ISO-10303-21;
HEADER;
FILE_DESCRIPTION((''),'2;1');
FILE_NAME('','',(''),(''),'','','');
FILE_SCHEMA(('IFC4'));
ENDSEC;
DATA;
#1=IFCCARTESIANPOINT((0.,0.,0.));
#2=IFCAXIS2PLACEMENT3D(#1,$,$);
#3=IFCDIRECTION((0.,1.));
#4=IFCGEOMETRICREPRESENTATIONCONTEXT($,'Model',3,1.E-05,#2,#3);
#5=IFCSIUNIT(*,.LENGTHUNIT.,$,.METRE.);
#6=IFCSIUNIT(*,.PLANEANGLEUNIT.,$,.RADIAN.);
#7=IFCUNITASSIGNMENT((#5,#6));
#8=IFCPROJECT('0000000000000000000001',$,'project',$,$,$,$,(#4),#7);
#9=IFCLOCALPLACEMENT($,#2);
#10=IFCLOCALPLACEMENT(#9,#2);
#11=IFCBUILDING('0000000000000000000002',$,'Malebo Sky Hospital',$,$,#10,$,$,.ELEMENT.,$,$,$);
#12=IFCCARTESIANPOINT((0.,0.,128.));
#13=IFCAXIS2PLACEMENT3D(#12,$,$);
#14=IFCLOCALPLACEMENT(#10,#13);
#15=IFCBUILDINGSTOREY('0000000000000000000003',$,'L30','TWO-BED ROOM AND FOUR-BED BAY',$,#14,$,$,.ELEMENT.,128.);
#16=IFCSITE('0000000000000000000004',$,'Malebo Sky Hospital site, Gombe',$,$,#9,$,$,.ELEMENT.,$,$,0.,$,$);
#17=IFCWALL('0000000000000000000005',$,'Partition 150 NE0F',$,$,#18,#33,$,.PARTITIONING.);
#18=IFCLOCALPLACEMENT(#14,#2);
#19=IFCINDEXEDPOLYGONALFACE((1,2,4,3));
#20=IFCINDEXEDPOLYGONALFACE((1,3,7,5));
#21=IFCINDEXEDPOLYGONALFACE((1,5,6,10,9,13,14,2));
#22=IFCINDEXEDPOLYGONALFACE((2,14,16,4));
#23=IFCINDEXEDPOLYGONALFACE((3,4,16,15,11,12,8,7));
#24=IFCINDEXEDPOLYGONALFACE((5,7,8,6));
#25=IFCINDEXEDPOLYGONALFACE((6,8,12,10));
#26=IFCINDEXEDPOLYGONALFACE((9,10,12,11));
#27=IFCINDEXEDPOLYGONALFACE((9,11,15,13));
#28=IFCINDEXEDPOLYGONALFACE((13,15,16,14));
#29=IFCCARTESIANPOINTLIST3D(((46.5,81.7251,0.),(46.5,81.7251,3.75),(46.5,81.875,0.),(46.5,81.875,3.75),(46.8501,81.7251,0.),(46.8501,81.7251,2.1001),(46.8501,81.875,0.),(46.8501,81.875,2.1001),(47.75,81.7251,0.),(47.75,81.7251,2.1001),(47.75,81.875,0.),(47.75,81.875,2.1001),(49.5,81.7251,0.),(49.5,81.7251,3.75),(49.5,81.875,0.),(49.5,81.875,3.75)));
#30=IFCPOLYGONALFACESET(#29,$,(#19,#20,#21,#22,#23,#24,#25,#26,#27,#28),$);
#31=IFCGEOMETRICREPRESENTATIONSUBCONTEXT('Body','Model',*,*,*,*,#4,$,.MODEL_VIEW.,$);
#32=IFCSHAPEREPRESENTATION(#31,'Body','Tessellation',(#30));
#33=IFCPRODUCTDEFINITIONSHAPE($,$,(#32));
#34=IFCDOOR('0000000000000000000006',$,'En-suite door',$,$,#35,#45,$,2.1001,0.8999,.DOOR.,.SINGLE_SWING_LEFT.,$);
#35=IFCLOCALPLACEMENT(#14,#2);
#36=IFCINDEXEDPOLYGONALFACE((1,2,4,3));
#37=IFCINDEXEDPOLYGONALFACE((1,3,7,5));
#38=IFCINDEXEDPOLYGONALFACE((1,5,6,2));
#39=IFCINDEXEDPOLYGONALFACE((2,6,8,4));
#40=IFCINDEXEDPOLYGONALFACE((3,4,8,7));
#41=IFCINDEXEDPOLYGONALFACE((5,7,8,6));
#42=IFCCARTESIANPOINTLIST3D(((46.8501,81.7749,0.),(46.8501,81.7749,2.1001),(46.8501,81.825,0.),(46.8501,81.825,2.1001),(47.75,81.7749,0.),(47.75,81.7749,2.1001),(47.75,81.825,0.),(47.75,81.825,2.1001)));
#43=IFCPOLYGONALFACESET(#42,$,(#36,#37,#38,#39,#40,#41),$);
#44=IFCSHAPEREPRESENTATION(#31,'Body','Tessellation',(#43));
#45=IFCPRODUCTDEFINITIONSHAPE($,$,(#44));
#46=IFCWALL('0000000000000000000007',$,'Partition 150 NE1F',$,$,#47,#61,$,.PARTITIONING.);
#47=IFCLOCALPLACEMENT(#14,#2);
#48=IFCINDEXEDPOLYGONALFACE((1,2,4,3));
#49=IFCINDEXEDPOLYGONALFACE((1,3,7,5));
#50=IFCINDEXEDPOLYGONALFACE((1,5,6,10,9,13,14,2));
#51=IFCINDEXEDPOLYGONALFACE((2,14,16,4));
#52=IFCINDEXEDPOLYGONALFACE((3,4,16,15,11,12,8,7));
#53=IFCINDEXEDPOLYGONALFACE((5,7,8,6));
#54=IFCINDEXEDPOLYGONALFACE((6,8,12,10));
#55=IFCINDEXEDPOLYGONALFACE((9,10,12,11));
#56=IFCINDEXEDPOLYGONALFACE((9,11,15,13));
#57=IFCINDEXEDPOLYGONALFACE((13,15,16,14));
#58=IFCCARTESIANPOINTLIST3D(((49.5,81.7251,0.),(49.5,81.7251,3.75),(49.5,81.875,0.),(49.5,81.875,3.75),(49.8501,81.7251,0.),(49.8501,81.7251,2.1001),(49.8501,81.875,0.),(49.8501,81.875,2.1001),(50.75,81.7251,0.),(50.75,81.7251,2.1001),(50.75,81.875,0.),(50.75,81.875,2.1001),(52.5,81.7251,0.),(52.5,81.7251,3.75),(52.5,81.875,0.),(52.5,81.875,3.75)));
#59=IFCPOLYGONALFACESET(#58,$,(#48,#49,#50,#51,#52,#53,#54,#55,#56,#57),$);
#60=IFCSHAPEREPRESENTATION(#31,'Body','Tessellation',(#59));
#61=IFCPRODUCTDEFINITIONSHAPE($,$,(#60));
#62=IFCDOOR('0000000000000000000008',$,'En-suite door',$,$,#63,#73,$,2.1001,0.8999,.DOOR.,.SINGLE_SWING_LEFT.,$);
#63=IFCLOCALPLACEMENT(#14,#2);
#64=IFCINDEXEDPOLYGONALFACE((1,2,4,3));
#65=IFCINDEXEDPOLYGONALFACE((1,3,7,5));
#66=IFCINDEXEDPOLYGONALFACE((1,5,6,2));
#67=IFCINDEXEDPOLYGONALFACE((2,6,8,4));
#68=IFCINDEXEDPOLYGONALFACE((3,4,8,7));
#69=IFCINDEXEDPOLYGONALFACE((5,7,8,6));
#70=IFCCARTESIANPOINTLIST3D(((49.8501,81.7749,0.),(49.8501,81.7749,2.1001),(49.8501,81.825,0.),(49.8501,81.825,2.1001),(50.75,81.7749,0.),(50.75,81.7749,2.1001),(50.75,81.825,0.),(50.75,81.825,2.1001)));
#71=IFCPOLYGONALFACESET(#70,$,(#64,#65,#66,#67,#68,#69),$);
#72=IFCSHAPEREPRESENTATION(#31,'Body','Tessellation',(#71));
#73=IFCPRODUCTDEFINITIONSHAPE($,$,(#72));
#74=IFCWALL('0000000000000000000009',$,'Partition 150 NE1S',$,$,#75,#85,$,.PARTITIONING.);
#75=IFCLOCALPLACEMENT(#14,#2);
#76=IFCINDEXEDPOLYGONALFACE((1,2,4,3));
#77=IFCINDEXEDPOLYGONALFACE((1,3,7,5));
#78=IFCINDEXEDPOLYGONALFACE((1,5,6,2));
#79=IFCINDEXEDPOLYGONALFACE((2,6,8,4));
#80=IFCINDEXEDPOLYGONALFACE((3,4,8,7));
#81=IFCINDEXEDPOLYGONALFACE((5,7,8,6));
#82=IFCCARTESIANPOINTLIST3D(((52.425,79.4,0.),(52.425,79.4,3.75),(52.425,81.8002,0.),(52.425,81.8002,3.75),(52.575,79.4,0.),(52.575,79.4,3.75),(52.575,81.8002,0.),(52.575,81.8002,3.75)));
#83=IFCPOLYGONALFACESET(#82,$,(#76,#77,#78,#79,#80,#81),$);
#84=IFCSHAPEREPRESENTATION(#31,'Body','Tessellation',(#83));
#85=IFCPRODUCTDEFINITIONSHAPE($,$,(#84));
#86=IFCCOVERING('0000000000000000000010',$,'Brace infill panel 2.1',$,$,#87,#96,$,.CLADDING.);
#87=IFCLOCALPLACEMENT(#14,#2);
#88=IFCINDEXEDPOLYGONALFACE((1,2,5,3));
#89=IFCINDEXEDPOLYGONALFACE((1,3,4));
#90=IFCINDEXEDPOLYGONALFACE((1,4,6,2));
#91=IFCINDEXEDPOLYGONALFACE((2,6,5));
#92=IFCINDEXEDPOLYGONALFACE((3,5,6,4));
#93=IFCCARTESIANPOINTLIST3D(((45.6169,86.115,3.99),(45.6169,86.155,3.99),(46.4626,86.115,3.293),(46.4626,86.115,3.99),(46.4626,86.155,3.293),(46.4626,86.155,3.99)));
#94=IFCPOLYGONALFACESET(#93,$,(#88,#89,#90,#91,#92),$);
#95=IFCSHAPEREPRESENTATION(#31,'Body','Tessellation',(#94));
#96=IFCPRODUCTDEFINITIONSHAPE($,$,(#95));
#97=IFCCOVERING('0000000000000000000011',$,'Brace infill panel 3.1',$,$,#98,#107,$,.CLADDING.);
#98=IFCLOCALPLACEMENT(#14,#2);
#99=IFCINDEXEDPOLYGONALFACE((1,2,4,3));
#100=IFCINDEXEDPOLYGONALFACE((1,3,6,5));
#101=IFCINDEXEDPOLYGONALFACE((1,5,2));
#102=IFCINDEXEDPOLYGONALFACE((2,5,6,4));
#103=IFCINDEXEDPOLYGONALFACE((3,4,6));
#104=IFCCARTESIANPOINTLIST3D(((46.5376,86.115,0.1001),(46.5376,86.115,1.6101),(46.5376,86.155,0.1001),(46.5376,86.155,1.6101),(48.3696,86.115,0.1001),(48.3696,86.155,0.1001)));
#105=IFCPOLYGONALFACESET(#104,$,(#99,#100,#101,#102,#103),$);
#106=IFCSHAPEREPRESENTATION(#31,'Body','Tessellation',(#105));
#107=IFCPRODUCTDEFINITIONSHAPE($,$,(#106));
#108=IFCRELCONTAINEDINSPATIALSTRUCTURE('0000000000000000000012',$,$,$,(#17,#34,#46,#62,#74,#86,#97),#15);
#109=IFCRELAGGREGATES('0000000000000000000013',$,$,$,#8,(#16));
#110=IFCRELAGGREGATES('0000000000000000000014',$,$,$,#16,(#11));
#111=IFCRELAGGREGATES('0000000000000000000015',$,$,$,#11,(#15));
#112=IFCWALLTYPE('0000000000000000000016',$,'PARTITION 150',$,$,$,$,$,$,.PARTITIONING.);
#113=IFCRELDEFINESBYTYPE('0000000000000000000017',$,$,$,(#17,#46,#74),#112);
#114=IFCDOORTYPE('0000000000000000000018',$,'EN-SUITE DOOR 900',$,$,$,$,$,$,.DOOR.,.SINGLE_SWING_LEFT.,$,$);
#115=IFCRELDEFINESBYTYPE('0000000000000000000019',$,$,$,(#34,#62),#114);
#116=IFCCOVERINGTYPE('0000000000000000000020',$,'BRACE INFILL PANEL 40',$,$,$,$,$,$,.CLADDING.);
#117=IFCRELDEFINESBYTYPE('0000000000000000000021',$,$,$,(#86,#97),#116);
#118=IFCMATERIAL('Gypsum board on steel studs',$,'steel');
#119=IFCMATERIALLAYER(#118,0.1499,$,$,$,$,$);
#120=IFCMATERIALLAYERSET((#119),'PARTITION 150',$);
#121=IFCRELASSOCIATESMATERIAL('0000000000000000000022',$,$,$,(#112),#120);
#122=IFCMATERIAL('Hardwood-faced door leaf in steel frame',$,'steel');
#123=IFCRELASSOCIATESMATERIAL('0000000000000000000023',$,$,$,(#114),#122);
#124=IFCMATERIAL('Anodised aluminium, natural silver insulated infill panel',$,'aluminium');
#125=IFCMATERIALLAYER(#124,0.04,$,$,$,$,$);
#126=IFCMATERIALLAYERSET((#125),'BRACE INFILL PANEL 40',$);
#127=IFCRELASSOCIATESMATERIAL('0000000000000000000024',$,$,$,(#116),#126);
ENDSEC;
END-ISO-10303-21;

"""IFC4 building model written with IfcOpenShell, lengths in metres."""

from ifc_helpers import new_model, si_unit, direction, frame, frame_2d, origin, place, context, subcontext, project, spatial, polyline, rectangle, outline, extrude, material, layer, layer_set, type_object, element, fill, save


model = new_model("IFC4")

# Units and contexts
model_context = context("Model", 3, precision=1e-05, world=origin(), true_north=direction((0.0, 1.0)))
body_context = subcontext(model_context, "Body", "Model", "MODEL_VIEW")
ifc_project = project(units=[si_unit("LENGTHUNIT", "METRE"), si_unit("PLANEANGLEUNIT", "RADIAN")], contexts=[model_context])

# Site, building, storey
site_placement = place(None, origin())
site = spatial("IfcSite", under=ifc_project, at=site_placement, Name="Malebo Sky Hospital site, Gombe", CompositionType="ELEMENT", RefElevation=0.0)
building_placement = place(site_placement, origin())
building = spatial("IfcBuilding", under=site, at=building_placement, Name="Malebo Sky Hospital", CompositionType="ELEMENT")
storey_placement = place(building_placement, frame((0.0, 0.0, 128.0)))
storey = spatial("IfcBuildingStorey", under=building, at=storey_placement, Name="L30", Description="TWO-BED ROOM AND FOUR-BED BAY", CompositionType="ELEMENT", Elevation=128.0)

# Shared definitions
ifc_material_1 = material(Name="Gypsum board on steel studs", Category="steel")
ifc_layer_1 = layer(ifc_material_1, 0.1499)
ifc_layer_set_1 = layer_set([ifc_layer_1], Name="PARTITION 150")
wall_type = type_object("IfcWallType", Name="PARTITION 150", PredefinedType="PARTITIONING", material=ifc_layer_set_1)

# Walls, openings, doors
wall_1_placement = place(storey_placement, frame((46.5, 81.8, 0.0), z_axis=(0.0, 0.0, 1.0), x_axis=(1.0, 0.0, 0.0)))
wall_1 = element("IfcWall", 1, at=wall_1_placement, inside=storey, type_object=wall_type, Name="Partition 150 NE0F", PredefinedType="PARTITIONING", context=body_context, shape_type="SweptSolid", body=[
    extrude(rectangle(XDim=3.0, YDim=0.1499, at=frame_2d((1.5, 0.0))), origin(), (0.0, 0.0, 1.0), 3.75),
])
opening_1_placement = place(wall_1_placement, frame((0.3501, 0.0, 0.0)))
opening_1 = element("IfcOpeningElement", 2, at=opening_1_placement, cuts=wall_1, PredefinedType="OPENING", context=body_context, shape_type="SweptSolid", body=[
    extrude(rectangle(XDim=0.8999, YDim=2.1001, at=frame_2d((0.45, 1.05))), frame((0.0, 0.085, 0.0), z_axis=(0.0, -1.0, 0.0), x_axis=(1.0, 0.0, 0.0)), (0.0, 0.0, 1.0), 0.1699),
])
ifc_material_2 = material(Name="Hardwood-faced door leaf in steel frame", Category="steel")
door_type = type_object("IfcDoorType", Name="EN-SUITE DOOR 900", OperationType="SINGLE_SWING_LEFT", PredefinedType="DOOR", material=ifc_material_2)
door_1_placement = place(opening_1_placement, origin())
door_1 = element("IfcDoor", 3, at=door_1_placement, inside=storey, type_object=door_type, Name="En-suite door", OperationType="SINGLE_SWING_LEFT", OverallHeight=2.1001, OverallWidth=0.8999, PredefinedType="DOOR", context=body_context, shape_type="SweptSolid", body=[
    extrude(rectangle(XDim=0.8999, YDim=2.1001, at=frame_2d((0.45, 1.05))), frame((0.0, 0.0249, 0.0), z_axis=(0.0, -1.0, 0.0), x_axis=(1.0, 0.0, 0.0)), (0.0, 0.0, 1.0), 0.05),
])
fill(opening_1, door_1)
wall_2_placement = place(storey_placement, frame((49.5, 81.8, 0.0), z_axis=(0.0, 0.0, 1.0), x_axis=(1.0, 0.0, 0.0)))
wall_2 = element("IfcWall", 4, at=wall_2_placement, inside=storey, type_object=wall_type, Name="Partition 150 NE1F", PredefinedType="PARTITIONING", context=body_context, shape_type="SweptSolid", body=[
    extrude(rectangle(XDim=3.0, YDim=0.1499, at=frame_2d((1.5, 0.0))), origin(), (0.0, 0.0, 1.0), 3.75),
])
opening_2_placement = place(wall_2_placement, frame((0.3501, 0.0, 0.0)))
opening_2 = element("IfcOpeningElement", 5, at=opening_2_placement, cuts=wall_2, PredefinedType="OPENING", context=body_context, shape_type="SweptSolid", body=[
    extrude(rectangle(XDim=0.8999, YDim=2.1001, at=frame_2d((0.45, 1.05))), frame((0.0, 0.085, 0.0), z_axis=(0.0, -1.0, 0.0), x_axis=(1.0, 0.0, 0.0)), (0.0, 0.0, 1.0), 0.1699),
])
door_2_placement = place(opening_2_placement, origin())
door_2 = element("IfcDoor", 6, at=door_2_placement, inside=storey, type_object=door_type, Name="En-suite door", OperationType="SINGLE_SWING_LEFT", OverallHeight=2.1001, OverallWidth=0.8999, PredefinedType="DOOR", context=body_context, shape_type="SweptSolid", body=[
    extrude(rectangle(XDim=0.8999, YDim=2.1001, at=frame_2d((0.45, 1.05))), frame((0.0, 0.0249, 0.0), z_axis=(0.0, -1.0, 0.0), x_axis=(1.0, 0.0, 0.0)), (0.0, 0.0, 1.0), 0.05),
])
fill(opening_2, door_2)

# Wall
wall_3_placement = place(storey_placement, frame((52.5, 79.3999, 0.0), z_axis=(0.0, 0.0, 1.0), x_axis=(0.0, 1.0, 0.0)))
element("IfcWall", 7, at=wall_3_placement, inside=storey, type_object=wall_type, Name="Partition 150 NE1S", PredefinedType="PARTITIONING", context=body_context, shape_type="SweptSolid", body=[
    extrude(rectangle(XDim=2.4001, YDim=0.1499, at=frame_2d((1.2002, 0.0))), origin(), (0.0, 0.0, 1.0), 3.75),
])

# Coverings
ifc_material_3 = material(Name="Anodised aluminium, natural silver insulated infill panel", Category="aluminium")
ifc_layer_2 = layer(ifc_material_3, 0.04)
ifc_layer_set_2 = layer_set([ifc_layer_2], Name="BRACE INFILL PANEL 40")
covering_type = type_object("IfcCoveringType", Name="BRACE INFILL PANEL 40", PredefinedType="CLADDING", material=ifc_layer_set_2)
covering_1_placement = place(storey_placement, frame((46.0398, 86.135, 3.293), z_axis=(0.0, 0.0, 1.0), x_axis=(1.0, 0.0, 0.0)))
element("IfcCovering", 8, at=covering_1_placement, inside=storey, type_object=covering_type, Name="Brace infill panel 2.1", PredefinedType="CLADDING", context=body_context, shape_type="SweptSolid", body=[
    extrude(outline(polyline([(0.4229, 0.0), (0.4229, 0.697), (-0.4229, 0.697), (0.4229, 0.0)])), frame((0.0, 0.02, 0.0), z_axis=(0.0, -1.0, 0.0), x_axis=(1.0, 0.0, 0.0)), (0.0, 0.0, 1.0), 0.04),
])
covering_2_placement = place(storey_placement, frame((47.4536, 86.135, 0.1001), z_axis=(0.0, 0.0, 1.0), x_axis=(1.0, 0.0, 0.0)))
element("IfcCovering", 9, at=covering_2_placement, inside=storey, type_object=covering_type, Name="Brace infill panel 3.1", PredefinedType="CLADDING", context=body_context, shape_type="SweptSolid", body=[
    extrude(outline(polyline([(-0.916, 0.0), (0.916, 0.0), (-0.916, 1.51), (-0.916, 0.0)])), frame((0.0, 0.02, 0.0), z_axis=(0.0, -1.0, 0.0), x_axis=(1.0, 0.0, 0.0)), (0.0, 0.0, 1.0), 0.04),
])

save(model, "model.ifc")
